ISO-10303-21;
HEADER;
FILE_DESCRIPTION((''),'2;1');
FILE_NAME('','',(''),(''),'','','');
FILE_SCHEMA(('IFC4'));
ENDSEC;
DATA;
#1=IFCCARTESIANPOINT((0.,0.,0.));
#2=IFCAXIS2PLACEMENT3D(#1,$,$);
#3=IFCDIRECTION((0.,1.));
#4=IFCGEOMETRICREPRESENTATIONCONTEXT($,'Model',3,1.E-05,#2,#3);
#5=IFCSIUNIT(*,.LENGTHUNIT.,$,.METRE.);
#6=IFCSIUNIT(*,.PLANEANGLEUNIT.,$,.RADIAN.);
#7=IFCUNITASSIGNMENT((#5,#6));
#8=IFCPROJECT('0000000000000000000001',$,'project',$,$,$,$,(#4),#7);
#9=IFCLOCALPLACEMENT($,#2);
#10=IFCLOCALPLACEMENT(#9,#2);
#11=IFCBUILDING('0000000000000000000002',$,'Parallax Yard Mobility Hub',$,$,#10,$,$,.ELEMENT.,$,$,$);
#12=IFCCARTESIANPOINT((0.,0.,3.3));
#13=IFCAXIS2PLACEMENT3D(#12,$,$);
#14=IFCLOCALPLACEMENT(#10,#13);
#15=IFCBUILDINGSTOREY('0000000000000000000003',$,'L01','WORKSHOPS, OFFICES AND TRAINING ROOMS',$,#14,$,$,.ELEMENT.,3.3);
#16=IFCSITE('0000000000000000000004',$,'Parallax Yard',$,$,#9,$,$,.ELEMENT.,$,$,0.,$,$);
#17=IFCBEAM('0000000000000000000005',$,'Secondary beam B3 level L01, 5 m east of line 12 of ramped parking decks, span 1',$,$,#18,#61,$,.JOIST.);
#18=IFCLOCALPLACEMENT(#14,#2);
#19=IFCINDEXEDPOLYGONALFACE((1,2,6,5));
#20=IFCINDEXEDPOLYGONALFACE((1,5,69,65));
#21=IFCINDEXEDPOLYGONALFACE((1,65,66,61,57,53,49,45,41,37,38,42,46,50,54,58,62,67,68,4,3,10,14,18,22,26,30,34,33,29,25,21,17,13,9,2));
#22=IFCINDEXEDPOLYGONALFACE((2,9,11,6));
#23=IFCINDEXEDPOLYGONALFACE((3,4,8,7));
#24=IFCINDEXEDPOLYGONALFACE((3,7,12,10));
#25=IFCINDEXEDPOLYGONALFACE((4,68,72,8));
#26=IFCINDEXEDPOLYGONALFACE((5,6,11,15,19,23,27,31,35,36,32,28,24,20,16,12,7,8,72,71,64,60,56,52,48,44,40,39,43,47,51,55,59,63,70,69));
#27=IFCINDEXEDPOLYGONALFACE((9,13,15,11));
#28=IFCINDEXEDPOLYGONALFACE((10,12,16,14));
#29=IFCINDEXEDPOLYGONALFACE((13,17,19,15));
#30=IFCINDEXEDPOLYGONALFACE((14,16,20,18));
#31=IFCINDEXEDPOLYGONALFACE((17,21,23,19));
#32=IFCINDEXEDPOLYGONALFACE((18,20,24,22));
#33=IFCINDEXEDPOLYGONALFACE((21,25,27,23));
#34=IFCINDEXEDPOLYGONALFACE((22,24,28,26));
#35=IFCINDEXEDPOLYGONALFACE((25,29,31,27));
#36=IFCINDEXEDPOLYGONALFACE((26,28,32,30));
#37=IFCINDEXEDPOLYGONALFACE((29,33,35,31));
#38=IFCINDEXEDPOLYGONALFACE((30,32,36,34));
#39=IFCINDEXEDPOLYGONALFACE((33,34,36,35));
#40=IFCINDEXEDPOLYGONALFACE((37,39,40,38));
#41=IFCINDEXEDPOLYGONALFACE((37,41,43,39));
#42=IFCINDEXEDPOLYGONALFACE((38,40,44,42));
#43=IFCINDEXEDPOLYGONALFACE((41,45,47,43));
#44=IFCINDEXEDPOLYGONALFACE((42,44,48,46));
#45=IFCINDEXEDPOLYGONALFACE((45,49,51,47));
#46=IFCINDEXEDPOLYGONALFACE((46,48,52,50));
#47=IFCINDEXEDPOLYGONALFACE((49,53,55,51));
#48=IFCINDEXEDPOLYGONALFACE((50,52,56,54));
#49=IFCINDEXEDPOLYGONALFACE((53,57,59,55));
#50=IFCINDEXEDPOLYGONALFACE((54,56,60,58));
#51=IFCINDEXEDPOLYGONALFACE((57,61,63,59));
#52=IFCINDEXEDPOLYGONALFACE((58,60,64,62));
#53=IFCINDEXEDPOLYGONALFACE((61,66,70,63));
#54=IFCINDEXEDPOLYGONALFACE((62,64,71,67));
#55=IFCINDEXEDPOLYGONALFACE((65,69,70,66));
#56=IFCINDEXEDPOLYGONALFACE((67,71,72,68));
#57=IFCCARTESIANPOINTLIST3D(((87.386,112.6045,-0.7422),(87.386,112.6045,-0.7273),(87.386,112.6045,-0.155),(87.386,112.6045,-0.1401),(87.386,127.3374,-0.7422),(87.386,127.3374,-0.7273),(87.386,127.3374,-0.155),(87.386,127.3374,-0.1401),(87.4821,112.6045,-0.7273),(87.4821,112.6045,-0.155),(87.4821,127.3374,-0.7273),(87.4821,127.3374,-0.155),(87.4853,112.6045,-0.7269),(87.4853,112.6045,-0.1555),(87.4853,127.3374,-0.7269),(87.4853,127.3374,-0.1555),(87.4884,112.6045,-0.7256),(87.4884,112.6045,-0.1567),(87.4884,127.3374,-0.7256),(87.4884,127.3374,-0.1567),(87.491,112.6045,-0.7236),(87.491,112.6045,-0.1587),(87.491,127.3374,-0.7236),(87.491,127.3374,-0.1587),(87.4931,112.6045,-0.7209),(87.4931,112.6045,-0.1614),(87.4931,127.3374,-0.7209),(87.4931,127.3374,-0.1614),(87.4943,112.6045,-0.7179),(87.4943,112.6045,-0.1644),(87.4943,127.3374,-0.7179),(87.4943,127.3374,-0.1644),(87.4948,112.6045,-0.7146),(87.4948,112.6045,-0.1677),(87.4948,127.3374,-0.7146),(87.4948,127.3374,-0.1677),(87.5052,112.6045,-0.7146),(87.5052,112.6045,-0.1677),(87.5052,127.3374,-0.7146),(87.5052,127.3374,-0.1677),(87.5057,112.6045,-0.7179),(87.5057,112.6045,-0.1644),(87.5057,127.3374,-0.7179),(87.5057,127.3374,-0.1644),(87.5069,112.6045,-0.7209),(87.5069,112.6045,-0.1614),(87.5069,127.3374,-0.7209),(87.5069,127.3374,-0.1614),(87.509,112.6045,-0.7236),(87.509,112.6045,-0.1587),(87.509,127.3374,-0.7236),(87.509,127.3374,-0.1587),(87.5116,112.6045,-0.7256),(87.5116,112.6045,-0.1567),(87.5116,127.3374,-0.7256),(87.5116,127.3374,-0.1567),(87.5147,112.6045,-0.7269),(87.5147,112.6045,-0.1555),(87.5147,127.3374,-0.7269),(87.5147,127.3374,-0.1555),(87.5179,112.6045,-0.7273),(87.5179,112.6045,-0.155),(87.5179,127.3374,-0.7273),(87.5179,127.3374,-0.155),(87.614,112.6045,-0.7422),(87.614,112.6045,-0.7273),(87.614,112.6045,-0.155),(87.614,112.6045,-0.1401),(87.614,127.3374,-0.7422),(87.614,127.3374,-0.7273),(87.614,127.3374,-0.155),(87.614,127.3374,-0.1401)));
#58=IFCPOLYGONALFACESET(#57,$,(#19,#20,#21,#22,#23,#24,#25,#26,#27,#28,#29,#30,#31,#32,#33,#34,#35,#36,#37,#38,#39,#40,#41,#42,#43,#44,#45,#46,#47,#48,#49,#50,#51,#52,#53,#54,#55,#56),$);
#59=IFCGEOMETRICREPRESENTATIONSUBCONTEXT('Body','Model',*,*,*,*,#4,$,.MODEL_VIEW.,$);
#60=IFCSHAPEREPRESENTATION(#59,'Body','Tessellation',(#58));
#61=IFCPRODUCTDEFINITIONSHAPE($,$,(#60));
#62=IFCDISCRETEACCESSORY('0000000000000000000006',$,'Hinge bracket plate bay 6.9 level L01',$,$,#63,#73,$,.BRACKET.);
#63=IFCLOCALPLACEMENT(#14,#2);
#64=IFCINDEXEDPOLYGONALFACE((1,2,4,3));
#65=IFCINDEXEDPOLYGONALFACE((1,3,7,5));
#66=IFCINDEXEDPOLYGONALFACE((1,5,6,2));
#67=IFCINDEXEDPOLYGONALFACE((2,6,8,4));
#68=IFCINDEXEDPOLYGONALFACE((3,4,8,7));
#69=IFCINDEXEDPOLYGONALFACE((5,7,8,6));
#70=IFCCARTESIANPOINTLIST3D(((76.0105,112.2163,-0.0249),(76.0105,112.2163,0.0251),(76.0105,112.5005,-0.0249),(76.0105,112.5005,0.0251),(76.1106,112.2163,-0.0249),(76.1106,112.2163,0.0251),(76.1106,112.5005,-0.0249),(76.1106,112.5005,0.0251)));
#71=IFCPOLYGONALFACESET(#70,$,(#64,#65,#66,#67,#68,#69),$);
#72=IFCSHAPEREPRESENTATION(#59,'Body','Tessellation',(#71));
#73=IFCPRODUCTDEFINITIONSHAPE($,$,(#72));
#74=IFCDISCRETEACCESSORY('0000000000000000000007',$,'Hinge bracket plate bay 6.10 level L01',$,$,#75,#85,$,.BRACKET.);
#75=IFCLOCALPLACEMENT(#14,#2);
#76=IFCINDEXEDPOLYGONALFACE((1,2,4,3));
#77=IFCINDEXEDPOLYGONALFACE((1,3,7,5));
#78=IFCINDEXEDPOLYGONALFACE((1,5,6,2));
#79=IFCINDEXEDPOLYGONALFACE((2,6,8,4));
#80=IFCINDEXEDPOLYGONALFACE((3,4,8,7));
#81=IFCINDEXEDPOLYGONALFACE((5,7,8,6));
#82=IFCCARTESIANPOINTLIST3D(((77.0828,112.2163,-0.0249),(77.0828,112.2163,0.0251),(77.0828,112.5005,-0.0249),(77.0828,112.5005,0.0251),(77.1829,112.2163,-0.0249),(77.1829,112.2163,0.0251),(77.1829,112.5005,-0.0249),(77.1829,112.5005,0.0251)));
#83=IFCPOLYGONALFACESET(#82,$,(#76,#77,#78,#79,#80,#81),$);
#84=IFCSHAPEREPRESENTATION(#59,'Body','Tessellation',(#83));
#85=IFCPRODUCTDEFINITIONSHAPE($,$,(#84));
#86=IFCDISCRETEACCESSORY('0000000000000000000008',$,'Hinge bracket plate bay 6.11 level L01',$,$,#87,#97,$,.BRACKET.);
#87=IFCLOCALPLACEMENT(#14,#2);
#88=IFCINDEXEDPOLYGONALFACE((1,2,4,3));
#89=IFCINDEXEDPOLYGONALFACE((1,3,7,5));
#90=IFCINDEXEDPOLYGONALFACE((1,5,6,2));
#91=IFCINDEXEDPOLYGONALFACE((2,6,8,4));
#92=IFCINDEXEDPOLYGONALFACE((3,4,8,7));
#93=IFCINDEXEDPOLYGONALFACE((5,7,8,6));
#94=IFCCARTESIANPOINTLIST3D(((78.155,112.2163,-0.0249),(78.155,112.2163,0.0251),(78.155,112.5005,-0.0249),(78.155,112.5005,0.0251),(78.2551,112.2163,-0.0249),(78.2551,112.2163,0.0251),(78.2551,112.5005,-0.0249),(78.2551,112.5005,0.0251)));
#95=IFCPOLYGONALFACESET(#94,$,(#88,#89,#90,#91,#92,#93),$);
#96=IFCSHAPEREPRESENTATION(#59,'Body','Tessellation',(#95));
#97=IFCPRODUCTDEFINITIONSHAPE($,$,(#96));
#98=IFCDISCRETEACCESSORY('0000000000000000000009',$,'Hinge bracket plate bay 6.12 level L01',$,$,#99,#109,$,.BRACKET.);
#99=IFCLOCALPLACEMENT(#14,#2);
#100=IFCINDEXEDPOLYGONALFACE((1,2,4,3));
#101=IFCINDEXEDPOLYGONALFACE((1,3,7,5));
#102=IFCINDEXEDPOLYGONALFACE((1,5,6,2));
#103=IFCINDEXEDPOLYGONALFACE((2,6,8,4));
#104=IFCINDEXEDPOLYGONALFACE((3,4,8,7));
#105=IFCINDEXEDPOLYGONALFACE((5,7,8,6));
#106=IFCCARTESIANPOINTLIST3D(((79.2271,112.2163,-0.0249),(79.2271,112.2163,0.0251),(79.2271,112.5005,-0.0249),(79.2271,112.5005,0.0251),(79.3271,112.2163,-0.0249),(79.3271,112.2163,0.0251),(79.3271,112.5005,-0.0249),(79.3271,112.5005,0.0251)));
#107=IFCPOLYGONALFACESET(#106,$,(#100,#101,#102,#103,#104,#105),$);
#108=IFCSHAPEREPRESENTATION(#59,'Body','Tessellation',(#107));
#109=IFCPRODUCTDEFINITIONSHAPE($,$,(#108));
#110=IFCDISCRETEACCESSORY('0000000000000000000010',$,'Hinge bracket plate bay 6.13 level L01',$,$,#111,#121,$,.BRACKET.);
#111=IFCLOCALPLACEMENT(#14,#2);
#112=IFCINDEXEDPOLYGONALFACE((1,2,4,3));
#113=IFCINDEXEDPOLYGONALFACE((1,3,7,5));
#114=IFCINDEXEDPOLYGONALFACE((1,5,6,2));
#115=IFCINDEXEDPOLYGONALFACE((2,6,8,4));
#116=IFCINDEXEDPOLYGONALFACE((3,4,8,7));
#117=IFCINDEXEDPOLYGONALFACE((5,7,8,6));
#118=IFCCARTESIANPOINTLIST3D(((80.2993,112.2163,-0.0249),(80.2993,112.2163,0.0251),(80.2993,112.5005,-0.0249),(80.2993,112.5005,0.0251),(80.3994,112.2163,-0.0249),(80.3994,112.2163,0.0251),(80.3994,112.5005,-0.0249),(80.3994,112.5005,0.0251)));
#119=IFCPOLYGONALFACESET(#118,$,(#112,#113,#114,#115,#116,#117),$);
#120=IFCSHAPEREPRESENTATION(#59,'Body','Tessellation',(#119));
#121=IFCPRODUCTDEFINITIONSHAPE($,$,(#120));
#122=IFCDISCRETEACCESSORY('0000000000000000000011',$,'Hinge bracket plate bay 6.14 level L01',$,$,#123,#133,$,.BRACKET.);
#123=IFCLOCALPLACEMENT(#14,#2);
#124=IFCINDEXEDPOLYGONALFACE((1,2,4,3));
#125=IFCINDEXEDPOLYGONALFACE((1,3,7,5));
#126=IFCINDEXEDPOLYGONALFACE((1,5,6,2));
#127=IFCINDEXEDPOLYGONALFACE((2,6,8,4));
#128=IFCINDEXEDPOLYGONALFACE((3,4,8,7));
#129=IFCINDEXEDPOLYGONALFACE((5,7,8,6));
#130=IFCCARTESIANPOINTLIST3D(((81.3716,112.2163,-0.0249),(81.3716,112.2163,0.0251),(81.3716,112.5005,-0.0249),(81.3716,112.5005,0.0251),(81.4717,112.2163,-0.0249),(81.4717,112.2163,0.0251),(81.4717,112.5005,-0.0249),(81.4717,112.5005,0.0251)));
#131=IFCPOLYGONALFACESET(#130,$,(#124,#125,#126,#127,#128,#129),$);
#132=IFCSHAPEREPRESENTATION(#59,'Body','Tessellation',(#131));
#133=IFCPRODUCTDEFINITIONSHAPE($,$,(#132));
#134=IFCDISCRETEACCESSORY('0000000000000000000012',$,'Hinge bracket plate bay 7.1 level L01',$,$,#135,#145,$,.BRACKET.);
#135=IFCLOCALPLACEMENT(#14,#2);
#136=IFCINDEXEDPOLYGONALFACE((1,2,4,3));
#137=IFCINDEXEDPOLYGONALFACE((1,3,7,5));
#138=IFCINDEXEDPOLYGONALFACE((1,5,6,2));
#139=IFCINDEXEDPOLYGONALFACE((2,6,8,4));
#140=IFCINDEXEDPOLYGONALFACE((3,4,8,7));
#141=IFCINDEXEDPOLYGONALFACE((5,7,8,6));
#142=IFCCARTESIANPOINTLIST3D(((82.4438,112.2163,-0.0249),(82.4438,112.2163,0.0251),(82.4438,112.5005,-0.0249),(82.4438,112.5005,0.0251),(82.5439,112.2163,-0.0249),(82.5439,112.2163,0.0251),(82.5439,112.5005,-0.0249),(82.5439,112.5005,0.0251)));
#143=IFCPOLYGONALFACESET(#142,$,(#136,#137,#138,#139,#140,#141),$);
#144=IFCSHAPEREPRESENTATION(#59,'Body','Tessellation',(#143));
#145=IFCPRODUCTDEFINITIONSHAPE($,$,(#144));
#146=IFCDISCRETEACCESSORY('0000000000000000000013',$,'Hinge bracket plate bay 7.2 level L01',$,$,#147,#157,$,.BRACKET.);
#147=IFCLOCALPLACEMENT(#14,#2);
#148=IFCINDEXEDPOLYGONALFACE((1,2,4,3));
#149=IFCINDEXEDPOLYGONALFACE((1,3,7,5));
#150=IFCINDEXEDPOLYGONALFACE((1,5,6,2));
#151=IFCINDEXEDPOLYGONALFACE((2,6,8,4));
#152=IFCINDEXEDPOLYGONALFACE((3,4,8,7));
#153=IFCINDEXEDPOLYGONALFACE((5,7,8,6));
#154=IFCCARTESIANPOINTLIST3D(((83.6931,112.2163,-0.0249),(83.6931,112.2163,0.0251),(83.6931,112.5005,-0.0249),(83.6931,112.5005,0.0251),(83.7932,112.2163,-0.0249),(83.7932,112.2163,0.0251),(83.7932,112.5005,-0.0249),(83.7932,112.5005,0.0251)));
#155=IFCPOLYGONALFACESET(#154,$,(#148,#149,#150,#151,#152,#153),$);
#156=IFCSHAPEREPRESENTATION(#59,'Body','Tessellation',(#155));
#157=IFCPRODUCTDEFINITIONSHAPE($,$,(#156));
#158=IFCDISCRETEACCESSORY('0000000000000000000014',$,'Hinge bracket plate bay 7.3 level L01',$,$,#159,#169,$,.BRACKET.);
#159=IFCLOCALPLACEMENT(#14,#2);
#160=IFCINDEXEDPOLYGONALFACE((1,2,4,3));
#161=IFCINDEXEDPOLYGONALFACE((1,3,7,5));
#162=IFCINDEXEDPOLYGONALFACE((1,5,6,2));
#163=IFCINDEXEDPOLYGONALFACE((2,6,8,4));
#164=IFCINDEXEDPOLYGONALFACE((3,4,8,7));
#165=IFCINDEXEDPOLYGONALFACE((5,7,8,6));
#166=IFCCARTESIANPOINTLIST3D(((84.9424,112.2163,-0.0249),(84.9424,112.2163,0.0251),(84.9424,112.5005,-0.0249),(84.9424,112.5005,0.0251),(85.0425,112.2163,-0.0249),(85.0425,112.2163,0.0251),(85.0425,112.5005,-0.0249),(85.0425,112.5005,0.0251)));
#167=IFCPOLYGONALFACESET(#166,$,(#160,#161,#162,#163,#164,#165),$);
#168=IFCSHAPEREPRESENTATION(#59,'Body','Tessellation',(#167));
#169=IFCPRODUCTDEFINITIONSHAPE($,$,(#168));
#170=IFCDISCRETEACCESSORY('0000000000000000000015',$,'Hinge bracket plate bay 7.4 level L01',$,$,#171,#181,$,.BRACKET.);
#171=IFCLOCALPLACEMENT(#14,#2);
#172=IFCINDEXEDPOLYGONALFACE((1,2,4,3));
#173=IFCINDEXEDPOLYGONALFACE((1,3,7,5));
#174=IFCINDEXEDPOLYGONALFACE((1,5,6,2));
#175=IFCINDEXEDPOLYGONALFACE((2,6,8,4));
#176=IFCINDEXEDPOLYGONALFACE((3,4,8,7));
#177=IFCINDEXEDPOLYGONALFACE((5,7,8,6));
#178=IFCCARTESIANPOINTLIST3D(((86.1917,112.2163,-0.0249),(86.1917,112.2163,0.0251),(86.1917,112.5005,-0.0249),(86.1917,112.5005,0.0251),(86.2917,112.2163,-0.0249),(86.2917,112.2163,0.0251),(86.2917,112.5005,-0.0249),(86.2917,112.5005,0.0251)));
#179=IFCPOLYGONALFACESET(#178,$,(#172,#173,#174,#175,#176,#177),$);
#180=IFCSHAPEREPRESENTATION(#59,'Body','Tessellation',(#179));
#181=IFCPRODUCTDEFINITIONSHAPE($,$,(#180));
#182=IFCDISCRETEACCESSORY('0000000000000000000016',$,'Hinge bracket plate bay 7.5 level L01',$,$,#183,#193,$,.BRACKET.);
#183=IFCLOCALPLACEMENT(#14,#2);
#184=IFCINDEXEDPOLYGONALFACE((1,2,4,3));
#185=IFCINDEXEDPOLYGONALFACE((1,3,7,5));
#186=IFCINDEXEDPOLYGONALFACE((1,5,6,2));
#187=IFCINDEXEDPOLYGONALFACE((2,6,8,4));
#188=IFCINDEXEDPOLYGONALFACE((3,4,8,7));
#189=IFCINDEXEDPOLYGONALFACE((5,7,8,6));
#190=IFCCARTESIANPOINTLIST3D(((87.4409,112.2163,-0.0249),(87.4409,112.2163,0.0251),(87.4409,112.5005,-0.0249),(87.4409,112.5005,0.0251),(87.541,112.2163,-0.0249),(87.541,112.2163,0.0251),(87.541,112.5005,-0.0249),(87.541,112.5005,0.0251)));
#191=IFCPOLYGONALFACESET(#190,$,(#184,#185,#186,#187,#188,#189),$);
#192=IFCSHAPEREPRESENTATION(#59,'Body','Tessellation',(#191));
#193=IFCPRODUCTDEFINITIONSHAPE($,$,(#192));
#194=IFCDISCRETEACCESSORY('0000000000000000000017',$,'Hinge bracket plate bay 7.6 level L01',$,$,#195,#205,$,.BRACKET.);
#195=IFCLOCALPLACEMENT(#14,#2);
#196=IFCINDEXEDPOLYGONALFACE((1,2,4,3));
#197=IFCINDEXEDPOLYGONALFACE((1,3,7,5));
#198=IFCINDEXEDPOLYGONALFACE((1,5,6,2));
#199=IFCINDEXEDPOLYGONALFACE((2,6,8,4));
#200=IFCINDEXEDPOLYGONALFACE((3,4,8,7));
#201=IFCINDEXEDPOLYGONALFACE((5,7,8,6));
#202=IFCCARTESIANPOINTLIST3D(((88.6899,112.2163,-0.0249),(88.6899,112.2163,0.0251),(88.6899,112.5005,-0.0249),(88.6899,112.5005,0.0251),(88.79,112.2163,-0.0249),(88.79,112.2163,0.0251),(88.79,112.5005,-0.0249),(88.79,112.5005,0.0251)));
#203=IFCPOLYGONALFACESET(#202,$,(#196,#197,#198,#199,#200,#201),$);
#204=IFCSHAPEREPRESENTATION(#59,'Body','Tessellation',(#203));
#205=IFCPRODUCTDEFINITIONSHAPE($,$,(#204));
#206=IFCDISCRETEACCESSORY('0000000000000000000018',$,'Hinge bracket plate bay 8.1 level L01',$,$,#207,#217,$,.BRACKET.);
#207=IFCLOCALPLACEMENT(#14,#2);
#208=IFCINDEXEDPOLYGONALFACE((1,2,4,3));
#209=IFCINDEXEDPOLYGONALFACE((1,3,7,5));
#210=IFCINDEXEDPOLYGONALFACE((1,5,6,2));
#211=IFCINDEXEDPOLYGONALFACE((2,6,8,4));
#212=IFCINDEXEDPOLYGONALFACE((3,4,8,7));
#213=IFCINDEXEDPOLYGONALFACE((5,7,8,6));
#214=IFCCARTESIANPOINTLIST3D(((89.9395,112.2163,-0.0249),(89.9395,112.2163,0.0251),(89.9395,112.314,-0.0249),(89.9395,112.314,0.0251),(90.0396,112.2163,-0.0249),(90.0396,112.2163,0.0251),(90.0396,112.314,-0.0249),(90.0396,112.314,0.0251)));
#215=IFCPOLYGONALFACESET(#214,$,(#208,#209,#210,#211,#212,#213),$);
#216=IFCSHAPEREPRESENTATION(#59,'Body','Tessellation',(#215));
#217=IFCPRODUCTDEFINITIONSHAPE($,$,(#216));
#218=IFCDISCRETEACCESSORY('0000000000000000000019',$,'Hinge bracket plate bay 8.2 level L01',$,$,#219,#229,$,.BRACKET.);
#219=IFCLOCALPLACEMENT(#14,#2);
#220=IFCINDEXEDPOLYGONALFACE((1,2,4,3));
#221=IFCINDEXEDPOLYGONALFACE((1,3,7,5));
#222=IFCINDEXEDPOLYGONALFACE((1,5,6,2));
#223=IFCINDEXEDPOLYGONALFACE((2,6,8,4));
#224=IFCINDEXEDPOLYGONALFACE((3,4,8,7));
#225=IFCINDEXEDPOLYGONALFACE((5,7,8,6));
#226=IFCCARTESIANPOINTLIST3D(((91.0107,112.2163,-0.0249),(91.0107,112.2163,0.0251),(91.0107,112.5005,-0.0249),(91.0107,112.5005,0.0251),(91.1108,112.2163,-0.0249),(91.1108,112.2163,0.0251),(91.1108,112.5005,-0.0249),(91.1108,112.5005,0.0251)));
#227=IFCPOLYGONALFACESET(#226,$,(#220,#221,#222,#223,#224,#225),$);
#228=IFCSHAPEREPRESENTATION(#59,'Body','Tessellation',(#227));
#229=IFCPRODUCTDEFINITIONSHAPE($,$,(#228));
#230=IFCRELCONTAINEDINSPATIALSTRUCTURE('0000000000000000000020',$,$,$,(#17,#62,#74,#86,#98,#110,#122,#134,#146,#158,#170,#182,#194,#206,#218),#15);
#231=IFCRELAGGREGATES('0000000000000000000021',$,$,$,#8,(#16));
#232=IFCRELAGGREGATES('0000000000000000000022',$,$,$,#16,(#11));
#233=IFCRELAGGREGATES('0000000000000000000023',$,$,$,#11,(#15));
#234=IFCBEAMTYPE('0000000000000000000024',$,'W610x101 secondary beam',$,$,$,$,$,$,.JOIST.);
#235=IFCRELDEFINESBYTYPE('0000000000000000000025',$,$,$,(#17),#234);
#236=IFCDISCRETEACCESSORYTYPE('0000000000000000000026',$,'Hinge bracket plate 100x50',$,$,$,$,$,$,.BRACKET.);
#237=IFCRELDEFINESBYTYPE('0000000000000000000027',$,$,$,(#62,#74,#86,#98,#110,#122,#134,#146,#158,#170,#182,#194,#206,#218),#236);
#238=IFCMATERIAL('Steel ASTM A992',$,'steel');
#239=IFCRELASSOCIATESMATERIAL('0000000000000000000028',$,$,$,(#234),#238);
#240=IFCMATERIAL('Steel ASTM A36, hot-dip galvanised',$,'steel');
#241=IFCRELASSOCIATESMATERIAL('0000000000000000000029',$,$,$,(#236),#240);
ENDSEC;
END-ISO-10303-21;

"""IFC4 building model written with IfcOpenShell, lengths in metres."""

from ifc_helpers import new_model, si_unit, direction, frame, origin, origin_2d, place, context, subcontext, project, spatial, rectangle, i_section, extrude, material, material_profile, profile_set, type_object, element, save


model = new_model("IFC4")

# Units and contexts
model_context = context("Model", 3, precision=1e-05, world=origin(), true_north=direction((0.0, 1.0)))
body_context = subcontext(model_context, "Body", "Model", "MODEL_VIEW")
ifc_project = project(units=[si_unit("LENGTHUNIT", "METRE"), si_unit("PLANEANGLEUNIT", "RADIAN")], contexts=[model_context])

# Site, building, storey
site_placement = place(None, origin())
site = spatial("IfcSite", under=ifc_project, at=site_placement, Name="Parallax Yard", CompositionType="ELEMENT", RefElevation=0.0)
building_placement = place(site_placement, origin())
building = spatial("IfcBuilding", under=site, at=building_placement, Name="Parallax Yard Mobility Hub", CompositionType="ELEMENT")
storey_placement = place(building_placement, frame((0.0, 0.0, 3.3)))
storey = spatial("IfcBuildingStorey", under=building, at=storey_placement, Name="L01", Description="WORKSHOPS, OFFICES AND TRAINING ROOMS", CompositionType="ELEMENT", Elevation=3.3)

# Shared definitions
ifc_material_1 = material(Name="Steel ASTM A992", Category="steel")

# Beam
ifc_material_profile_1 = material_profile(ifc_material_1, i_section(OverallWidth=0.228, OverallDepth=0.6021, WebThickness=0.0105, FlangeThickness=0.0149, FilletRadius=0.0127, at=origin_2d()), Name="W610x101")
ifc_profile_set_1 = profile_set([ifc_material_profile_1], Name="Steel ASTM A992")
beam_type_1 = type_object("IfcBeamType", Name="W610x101 secondary beam", PredefinedType="JOIST", material=ifc_profile_set_1)
for number, where, z_axis, x_axis, name in (
    (1, (87.5, 112.6045, -0.4412), (0.0, 1.0, 0.0), (-1.0, 0.0, 0.0), "Secondary beam B3 level L01, 5 m east of line 12 of ramped parking decks, span 1"),
):
    element("IfcBeam", number, at=place(storey_placement, frame(where, z_axis=z_axis, x_axis=x_axis)), inside=storey, type_object=beam_type_1, Name=name, PredefinedType="JOIST", context=body_context, shape_type="SweptSolid", body=[
        extrude(i_section(OverallWidth=0.228, OverallDepth=0.6021, WebThickness=0.0105, FlangeThickness=0.0149, FilletRadius=0.0127, at=origin_2d()), origin(), (0.0, 0.0, 1.0), 14.7329),
    ])

# Discrete accessories
ifc_material_2 = material(Name="Steel ASTM A36, hot-dip galvanised", Category="steel")
discrete_accessory_type_1 = type_object("IfcDiscreteAccessoryType", Name="Hinge bracket plate 100x50", PredefinedType="BRACKET", material=ifc_material_2)
for number, where, z_axis, x_axis, name in (
    (2, (76.0605, 112.3584, -0.0249), (0.0, 0.0, 1.0), (0.0, -1.0, 0.0), "Hinge bracket plate bay 6.9 level L01"),
    (3, (77.1328, 112.3584, -0.0249), (0.0, 0.0, 1.0), (0.0, -1.0, 0.0), "Hinge bracket plate bay 6.10 level L01"),
    (4, (78.2051, 112.3584, -0.0249), (0.0, 0.0, 1.0), (0.0, -1.0, 0.0), "Hinge bracket plate bay 6.11 level L01"),
    (5, (79.2771, 112.3584, -0.0249), (0.0, 0.0, 1.0), (0.0, -1.0, 0.0), "Hinge bracket plate bay 6.12 level L01"),
    (6, (80.3494, 112.3584, -0.0249), (0.0, 0.0, 1.0), (0.0, -1.0, 0.0), "Hinge bracket plate bay 6.13 level L01"),
    (7, (81.4216, 112.3584, -0.0249), (0.0, 0.0, 1.0), (0.0, -1.0, 0.0), "Hinge bracket plate bay 6.14 level L01"),
    (8, (82.4939, 112.3584, -0.0249), (0.0, 0.0, 1.0), (0.0, -1.0, 0.0), "Hinge bracket plate bay 7.1 level L01"),
    (9, (83.7432, 112.3584, -0.0249), (0.0, 0.0, 1.0), (0.0, -1.0, 0.0), "Hinge bracket plate bay 7.2 level L01"),
    (10, (84.9924, 112.3584, -0.0249), (0.0, 0.0, 1.0), (0.0, -1.0, 0.0), "Hinge bracket plate bay 7.3 level L01"),
    (11, (86.2417, 112.3584, -0.0249), (0.0, 0.0, 1.0), (0.0, -1.0, 0.0), "Hinge bracket plate bay 7.4 level L01"),
    (12, (87.491, 112.3584, -0.0249), (0.0, 0.0, 1.0), (0.0, -1.0, 0.0), "Hinge bracket plate bay 7.5 level L01"),
    (13, (88.74, 112.3584, -0.0249), (0.0, 0.0, 1.0), (0.0, -1.0, 0.0), "Hinge bracket plate bay 7.6 level L01"),
):
    element("IfcDiscreteAccessory", number, at=place(storey_placement, frame(where, z_axis=z_axis, x_axis=x_axis)), inside=storey, type_object=discrete_accessory_type_1, Name=name, PredefinedType="BRACKET", context=body_context, shape_type="SweptSolid", body=[
        extrude(rectangle(XDim=0.2842, YDim=0.1001, at=origin_2d()), origin(), (0.0, 0.0, 1.0), 0.05),
    ])
discrete_accessory_1_placement = place(storey_placement, frame((89.9895, 112.2651, -0.0249), z_axis=(0.0, 0.0, 1.0), x_axis=(0.0, -1.0, 0.0)))
element("IfcDiscreteAccessory", 14, at=discrete_accessory_1_placement, inside=storey, type_object=discrete_accessory_type_1, Name="Hinge bracket plate bay 8.1 level L01", PredefinedType="BRACKET", context=body_context, shape_type="SweptSolid", body=[
    extrude(rectangle(XDim=0.0977, YDim=0.1001, at=origin_2d()), origin(), (0.0, 0.0, 1.0), 0.05),
])
discrete_accessory_2_placement = place(storey_placement, frame((91.0608, 112.3584, -0.0249), z_axis=(0.0, 0.0, 1.0), x_axis=(0.0, -1.0, 0.0)))
element("IfcDiscreteAccessory", 15, at=discrete_accessory_2_placement, inside=storey, type_object=discrete_accessory_type_1, Name="Hinge bracket plate bay 8.2 level L01", PredefinedType="BRACKET", context=body_context, shape_type="SweptSolid", body=[
    extrude(rectangle(XDim=0.2842, YDim=0.1001, at=origin_2d()), origin(), (0.0, 0.0, 1.0), 0.05),
])

save(model, "model.ifc")
